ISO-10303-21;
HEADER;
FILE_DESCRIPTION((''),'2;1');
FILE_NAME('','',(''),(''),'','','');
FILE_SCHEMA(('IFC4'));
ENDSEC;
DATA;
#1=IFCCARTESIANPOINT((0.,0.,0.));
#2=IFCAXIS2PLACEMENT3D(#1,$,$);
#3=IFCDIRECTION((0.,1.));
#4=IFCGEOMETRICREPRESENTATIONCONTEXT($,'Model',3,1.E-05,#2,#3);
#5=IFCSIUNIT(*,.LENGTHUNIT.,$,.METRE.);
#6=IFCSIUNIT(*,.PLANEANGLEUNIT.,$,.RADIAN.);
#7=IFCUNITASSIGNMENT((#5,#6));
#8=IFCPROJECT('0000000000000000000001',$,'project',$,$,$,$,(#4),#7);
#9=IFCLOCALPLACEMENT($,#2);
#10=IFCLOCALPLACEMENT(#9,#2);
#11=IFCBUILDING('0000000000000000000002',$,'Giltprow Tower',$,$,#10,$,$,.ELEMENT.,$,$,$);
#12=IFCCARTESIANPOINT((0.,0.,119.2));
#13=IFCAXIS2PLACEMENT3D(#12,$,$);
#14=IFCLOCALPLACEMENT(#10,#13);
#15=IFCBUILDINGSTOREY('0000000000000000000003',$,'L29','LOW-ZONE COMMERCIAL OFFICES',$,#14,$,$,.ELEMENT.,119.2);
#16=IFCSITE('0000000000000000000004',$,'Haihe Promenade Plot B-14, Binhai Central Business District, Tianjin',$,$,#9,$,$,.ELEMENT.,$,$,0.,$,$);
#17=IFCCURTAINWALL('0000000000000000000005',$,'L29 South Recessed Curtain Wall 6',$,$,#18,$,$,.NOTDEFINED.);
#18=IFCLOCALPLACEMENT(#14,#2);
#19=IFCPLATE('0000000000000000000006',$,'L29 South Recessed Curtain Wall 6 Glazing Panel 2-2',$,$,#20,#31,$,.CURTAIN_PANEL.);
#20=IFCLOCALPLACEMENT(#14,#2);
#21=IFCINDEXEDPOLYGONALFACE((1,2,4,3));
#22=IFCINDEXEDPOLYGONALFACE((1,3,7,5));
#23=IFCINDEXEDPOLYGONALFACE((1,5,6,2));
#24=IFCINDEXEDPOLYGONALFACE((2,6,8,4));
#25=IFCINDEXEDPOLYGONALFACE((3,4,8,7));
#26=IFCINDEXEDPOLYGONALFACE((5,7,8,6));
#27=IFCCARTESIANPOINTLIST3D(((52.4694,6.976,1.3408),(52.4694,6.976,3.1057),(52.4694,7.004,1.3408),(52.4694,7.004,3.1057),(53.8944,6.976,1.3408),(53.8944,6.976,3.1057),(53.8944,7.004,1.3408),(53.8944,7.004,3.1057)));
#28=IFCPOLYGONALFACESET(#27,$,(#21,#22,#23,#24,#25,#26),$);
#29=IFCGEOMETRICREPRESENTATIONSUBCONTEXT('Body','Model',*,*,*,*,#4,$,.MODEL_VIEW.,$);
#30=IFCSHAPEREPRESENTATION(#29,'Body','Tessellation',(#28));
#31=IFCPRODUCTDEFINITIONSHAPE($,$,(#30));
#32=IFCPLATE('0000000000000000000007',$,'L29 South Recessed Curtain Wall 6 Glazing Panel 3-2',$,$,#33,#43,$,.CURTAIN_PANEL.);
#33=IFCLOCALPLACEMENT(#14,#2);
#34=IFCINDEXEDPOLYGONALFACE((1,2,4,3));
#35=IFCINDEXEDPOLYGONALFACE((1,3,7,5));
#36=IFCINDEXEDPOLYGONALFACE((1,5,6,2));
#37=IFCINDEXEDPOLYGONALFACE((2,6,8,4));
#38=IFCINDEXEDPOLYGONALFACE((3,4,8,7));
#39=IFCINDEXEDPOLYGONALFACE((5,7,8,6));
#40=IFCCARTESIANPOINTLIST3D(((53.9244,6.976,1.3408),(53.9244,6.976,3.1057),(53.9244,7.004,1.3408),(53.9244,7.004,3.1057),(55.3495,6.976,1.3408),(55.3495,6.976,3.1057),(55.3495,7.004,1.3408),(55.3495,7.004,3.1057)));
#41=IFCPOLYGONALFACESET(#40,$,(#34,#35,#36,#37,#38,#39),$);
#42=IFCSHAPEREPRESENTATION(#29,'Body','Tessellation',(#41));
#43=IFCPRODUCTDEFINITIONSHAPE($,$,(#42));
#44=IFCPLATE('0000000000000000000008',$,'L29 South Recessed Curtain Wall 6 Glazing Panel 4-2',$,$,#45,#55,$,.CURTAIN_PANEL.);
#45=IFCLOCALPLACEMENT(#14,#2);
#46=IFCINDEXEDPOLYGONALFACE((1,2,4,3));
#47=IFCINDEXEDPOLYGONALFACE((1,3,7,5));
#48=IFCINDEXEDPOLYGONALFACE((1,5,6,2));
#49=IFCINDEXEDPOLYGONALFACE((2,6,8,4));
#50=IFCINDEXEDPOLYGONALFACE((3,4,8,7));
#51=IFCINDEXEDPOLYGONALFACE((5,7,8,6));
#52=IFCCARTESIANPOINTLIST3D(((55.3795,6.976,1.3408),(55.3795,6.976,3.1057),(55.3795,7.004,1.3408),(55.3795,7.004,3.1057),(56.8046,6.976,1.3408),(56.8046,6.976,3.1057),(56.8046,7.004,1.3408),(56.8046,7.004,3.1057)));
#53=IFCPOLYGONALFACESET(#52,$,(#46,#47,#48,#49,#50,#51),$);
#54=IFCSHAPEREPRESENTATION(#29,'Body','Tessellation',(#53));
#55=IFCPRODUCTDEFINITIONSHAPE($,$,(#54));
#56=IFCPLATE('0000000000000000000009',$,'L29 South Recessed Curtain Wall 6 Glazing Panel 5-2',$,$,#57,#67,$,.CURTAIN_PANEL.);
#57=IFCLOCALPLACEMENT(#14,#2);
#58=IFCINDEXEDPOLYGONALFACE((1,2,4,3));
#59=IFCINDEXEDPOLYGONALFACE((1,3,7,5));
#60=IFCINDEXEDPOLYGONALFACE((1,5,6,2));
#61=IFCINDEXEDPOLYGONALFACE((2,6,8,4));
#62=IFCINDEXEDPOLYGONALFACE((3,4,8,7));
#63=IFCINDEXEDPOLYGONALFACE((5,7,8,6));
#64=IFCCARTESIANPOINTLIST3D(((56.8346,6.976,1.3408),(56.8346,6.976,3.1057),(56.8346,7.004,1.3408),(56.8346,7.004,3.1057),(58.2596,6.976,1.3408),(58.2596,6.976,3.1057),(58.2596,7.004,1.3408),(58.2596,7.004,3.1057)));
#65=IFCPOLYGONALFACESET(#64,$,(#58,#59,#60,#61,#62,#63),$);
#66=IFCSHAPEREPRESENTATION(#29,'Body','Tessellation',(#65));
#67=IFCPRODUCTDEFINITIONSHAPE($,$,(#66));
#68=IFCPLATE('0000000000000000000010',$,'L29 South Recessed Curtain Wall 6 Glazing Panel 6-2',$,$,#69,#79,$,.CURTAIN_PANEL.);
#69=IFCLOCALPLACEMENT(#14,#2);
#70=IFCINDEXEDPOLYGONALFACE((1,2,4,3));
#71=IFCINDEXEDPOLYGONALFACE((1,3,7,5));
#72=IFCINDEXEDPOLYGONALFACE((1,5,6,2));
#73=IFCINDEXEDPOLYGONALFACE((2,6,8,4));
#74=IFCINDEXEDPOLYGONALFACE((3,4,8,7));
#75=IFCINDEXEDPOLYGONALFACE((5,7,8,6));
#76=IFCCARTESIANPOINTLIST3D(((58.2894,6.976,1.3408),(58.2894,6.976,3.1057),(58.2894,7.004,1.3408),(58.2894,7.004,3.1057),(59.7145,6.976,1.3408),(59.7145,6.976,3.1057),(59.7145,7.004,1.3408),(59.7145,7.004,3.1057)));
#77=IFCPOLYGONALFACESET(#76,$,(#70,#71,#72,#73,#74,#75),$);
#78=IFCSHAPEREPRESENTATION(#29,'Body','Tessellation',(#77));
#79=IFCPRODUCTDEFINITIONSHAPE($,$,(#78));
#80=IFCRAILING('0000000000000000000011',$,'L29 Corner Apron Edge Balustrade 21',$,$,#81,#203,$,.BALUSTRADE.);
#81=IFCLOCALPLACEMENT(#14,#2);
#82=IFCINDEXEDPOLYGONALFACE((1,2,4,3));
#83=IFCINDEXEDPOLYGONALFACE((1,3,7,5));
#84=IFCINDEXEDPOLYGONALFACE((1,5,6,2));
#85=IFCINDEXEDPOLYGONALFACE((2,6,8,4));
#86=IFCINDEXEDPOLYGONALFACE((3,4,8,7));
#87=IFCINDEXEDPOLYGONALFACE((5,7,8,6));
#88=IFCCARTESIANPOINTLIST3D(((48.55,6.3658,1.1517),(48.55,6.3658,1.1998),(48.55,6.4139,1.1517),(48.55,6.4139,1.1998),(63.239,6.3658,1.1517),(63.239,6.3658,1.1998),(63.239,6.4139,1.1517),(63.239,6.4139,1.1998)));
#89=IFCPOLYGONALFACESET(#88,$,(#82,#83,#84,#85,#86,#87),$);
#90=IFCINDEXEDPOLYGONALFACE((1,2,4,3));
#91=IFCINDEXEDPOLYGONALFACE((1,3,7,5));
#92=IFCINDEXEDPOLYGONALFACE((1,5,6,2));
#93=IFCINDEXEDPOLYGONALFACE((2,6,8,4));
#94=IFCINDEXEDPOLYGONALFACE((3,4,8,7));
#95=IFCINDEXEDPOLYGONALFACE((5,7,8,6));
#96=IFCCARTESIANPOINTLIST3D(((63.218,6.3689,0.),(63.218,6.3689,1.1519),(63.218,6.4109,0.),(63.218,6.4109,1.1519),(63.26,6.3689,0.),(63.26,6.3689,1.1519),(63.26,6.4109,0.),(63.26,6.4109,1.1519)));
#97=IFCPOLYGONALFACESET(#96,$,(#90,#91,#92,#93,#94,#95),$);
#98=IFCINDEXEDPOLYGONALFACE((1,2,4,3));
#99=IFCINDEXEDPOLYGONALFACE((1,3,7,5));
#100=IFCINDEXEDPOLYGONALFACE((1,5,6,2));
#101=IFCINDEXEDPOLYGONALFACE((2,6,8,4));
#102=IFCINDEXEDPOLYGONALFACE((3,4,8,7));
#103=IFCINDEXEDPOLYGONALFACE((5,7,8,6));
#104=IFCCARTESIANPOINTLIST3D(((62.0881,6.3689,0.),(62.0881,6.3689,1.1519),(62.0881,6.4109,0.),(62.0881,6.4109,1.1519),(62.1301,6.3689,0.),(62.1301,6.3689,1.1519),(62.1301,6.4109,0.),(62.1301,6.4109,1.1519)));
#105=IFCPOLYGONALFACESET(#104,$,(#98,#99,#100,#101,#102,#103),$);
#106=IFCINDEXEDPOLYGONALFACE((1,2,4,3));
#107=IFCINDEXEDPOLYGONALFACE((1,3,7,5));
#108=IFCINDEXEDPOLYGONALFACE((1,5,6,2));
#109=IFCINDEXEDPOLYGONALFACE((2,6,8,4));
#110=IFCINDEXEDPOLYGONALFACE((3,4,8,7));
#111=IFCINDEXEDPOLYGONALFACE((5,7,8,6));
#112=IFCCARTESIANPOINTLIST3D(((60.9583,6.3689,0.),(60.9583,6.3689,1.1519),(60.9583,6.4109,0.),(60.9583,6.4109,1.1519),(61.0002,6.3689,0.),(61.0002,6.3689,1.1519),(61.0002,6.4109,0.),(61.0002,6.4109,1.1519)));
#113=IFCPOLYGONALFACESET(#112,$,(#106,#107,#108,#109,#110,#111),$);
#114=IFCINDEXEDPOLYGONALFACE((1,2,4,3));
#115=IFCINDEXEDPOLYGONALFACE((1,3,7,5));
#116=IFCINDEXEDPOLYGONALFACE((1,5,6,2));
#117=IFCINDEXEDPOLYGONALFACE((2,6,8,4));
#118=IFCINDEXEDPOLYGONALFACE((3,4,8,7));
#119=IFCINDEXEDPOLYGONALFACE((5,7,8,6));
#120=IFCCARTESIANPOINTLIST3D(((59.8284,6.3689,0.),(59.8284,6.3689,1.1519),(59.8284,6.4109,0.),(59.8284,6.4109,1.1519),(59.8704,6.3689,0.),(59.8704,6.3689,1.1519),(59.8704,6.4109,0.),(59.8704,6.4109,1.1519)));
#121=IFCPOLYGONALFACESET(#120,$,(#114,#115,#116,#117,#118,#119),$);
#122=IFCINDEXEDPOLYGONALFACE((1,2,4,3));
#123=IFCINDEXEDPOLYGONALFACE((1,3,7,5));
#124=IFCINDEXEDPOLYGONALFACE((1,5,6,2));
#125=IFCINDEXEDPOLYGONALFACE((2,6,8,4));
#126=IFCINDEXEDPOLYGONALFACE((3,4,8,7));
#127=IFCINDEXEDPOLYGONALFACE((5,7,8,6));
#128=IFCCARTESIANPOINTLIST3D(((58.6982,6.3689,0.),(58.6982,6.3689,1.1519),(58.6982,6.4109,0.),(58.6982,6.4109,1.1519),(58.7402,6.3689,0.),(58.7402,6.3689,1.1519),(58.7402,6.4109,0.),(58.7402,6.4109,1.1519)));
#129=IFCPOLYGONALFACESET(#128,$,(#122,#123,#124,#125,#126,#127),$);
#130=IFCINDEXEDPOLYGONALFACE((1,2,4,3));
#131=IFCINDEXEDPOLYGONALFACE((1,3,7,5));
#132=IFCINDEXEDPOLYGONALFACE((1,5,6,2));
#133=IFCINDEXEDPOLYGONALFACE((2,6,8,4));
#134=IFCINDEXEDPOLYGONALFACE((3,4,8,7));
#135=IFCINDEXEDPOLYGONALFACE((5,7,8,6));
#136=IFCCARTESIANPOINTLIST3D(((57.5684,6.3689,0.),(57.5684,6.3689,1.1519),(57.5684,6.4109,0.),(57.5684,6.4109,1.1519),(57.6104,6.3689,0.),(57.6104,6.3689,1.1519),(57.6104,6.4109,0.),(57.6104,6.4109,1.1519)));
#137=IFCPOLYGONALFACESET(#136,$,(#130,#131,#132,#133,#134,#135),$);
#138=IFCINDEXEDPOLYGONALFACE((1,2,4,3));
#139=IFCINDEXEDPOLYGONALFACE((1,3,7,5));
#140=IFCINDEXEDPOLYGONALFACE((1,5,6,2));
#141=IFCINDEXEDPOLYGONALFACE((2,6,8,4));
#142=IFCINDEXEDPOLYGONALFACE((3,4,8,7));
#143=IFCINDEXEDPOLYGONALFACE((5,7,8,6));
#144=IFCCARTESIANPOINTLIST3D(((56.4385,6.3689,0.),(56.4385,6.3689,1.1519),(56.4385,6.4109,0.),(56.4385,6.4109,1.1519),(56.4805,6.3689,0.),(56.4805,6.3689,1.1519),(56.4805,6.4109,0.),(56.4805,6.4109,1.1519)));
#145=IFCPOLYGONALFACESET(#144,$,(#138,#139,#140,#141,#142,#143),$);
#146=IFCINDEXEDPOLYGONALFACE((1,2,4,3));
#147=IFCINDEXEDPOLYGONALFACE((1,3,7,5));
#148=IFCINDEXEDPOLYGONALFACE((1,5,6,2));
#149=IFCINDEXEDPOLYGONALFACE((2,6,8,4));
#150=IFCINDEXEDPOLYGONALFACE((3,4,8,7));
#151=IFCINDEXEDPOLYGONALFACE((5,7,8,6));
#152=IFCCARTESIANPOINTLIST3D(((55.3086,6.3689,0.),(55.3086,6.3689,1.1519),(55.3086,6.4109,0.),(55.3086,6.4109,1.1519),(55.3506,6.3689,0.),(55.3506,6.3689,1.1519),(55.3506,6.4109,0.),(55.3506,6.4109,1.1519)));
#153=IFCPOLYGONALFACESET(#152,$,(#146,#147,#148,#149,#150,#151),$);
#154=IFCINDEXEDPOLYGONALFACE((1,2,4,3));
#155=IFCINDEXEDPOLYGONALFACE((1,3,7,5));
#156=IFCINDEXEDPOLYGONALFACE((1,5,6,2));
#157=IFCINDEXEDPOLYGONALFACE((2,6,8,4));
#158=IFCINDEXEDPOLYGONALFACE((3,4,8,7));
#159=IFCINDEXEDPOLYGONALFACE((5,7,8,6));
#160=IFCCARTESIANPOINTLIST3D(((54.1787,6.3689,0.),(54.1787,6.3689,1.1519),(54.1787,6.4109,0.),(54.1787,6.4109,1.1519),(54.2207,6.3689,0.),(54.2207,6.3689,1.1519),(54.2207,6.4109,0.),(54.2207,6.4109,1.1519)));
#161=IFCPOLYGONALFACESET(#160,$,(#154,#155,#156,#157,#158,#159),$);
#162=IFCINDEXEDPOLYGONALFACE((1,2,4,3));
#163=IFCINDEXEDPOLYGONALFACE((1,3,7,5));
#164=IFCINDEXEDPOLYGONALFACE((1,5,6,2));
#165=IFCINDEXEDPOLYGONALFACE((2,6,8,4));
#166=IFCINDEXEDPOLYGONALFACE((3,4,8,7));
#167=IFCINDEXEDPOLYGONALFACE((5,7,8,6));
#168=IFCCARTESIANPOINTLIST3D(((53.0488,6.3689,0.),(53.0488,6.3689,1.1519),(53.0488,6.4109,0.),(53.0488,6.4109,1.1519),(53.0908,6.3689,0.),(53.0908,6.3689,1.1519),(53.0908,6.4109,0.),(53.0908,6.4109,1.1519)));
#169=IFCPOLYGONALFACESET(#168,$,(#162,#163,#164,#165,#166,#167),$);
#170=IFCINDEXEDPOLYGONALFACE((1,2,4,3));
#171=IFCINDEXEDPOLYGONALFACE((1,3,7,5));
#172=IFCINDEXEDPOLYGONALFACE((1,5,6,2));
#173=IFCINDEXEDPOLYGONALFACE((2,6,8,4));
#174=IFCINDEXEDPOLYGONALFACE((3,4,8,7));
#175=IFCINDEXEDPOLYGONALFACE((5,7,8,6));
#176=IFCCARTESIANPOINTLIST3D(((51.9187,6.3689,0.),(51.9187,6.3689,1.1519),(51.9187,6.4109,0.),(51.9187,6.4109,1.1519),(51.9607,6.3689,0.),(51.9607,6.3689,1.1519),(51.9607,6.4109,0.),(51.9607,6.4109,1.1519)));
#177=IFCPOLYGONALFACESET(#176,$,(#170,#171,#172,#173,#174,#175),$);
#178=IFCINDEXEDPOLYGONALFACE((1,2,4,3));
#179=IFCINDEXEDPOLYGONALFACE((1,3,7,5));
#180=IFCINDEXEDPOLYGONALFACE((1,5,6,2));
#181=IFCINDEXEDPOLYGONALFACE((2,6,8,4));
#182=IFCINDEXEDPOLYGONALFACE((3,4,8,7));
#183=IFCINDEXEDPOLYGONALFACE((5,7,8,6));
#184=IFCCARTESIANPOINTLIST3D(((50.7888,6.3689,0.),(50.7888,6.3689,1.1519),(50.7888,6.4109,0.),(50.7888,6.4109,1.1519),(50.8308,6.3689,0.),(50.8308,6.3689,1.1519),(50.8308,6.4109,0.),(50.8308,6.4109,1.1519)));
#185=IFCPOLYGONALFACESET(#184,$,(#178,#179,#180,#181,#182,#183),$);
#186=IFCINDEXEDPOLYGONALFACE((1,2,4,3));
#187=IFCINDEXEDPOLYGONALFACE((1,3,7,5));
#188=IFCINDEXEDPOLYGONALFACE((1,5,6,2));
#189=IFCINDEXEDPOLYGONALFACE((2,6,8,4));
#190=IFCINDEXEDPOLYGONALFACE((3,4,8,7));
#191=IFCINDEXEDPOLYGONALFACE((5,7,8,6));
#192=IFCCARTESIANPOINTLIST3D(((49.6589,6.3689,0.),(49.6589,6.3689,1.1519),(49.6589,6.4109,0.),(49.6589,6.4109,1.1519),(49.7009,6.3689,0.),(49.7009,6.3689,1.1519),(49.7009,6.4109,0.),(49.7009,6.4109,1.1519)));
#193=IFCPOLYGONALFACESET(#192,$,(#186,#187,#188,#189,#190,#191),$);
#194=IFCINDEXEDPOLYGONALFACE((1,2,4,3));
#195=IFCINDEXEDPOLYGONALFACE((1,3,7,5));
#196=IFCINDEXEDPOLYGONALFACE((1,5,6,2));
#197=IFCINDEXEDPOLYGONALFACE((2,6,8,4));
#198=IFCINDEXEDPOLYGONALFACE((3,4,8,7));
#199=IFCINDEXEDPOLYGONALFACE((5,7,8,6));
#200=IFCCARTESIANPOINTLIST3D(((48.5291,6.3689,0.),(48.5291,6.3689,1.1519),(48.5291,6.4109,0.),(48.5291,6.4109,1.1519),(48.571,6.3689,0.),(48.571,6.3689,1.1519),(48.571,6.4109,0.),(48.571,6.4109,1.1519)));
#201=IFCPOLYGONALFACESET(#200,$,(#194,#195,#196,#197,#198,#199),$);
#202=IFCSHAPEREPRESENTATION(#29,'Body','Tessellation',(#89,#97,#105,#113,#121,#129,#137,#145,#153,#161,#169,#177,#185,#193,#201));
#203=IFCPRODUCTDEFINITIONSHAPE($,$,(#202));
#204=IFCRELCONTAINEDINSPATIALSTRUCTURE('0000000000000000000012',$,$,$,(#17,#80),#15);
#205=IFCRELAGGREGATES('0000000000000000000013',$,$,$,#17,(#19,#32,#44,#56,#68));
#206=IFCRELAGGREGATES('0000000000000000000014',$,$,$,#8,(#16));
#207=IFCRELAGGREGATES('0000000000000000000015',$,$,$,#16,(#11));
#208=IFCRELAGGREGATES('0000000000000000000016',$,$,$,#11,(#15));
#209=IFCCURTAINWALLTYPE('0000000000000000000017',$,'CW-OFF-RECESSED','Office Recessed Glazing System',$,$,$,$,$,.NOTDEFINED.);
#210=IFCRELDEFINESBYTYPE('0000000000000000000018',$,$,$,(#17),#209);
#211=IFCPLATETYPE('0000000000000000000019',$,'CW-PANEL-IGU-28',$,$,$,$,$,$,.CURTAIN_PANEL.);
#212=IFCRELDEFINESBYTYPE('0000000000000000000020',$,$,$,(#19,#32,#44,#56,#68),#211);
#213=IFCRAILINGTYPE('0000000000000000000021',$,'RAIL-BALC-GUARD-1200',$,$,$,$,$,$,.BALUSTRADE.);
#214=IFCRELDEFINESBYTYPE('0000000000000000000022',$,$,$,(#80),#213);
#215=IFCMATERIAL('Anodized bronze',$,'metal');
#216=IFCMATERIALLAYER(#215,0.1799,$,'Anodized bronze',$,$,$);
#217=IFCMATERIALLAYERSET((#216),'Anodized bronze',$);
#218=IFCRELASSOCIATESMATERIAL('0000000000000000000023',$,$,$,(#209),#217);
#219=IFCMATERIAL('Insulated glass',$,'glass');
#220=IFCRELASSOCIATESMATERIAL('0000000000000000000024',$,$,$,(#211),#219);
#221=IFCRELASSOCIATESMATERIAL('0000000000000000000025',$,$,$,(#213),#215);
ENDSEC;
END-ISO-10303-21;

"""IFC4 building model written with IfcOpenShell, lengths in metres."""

from ifc_helpers import new_model, si_unit, direction, frame, origin, origin_2d, place, context, subcontext, project, spatial, rectangle, extrude, source, transform, mapped, material, layer, layer_set, type_object, element, aggregate, save


model = new_model("IFC4")

# Units and contexts
model_context = context("Model", 3, precision=1e-05, world=origin(), true_north=direction((0.0, 1.0)))
body_context = subcontext(model_context, "Body", "Model", "MODEL_VIEW")
ifc_project = project(units=[si_unit("LENGTHUNIT", "METRE"), si_unit("PLANEANGLEUNIT", "RADIAN")], contexts=[model_context])

# Site, building, storey
site_placement = place(None, origin())
site = spatial("IfcSite", under=ifc_project, at=site_placement, Name="Haihe Promenade Plot B-14, Binhai Central Business District, Tianjin", CompositionType="ELEMENT", RefElevation=0.0)
building_placement = place(site_placement, origin())
building = spatial("IfcBuilding", under=site, at=building_placement, Name="Giltprow Tower", CompositionType="ELEMENT")
storey_placement = place(building_placement, frame((0.0, 0.0, 119.2)))
storey = spatial("IfcBuildingStorey", under=building, at=storey_placement, Name="L29", Description="LOW-ZONE COMMERCIAL OFFICES", CompositionType="ELEMENT", Elevation=119.2)

# Curtain wall, plates
ifc_material_1 = material(Name="Anodized bronze", Category="metal")
ifc_layer = layer(ifc_material_1, 0.1799, Name="Anodized bronze")
ifc_layer_set = layer_set([ifc_layer], Name="Anodized bronze")
curtain_wall_type = type_object("IfcCurtainWallType", Name="CW-OFF-RECESSED", Description="Office Recessed Glazing System", PredefinedType="NOTDEFINED", material=ifc_layer_set)
curtain_wall_placement = place(storey_placement, origin())
curtain_wall = element("IfcCurtainWall", 1, at=curtain_wall_placement, inside=storey, type_object=curtain_wall_type, Name="L29 South Recessed Curtain Wall 6", PredefinedType="NOTDEFINED")
ifc_material_2 = material(Name="Insulated glass", Category="glass")
plate_type = type_object("IfcPlateType", Name="CW-PANEL-IGU-28", PredefinedType="CURTAIN_PANEL", material=ifc_material_2)
shared_shape_1 = source(origin(), body_context, "Body", "SweptSolid", [
    extrude(rectangle(XDim=1.425, YDim=0.0281, at=origin_2d()), origin(), (0.0, 0.0, 1.0), 1.7649),
])
plate_1_placement = place(storey_placement, frame((53.1819, 6.99, 1.3408), z_axis=(0.0, 0.0, 1.0), x_axis=(1.0, 0.0, 0.0)))
plate_1 = element("IfcPlate", 2, at=plate_1_placement, type_object=plate_type, Name="L29 South Recessed Curtain Wall 6 Glazing Panel 2-2", PredefinedType="CURTAIN_PANEL", context=body_context, shape_type="MappedRepresentation", body=[
    mapped(shared_shape_1, transform((0.0, 0.0, 0.0), x_axis=(1.0, 0.0, 0.0), y_axis=(0.0, 1.0, 0.0), z_axis=(0.0, 0.0, 1.0), scale=1.0)),
])
plate_2_placement = place(storey_placement, frame((54.637, 6.99, 1.3408), z_axis=(0.0, 0.0, 1.0), x_axis=(1.0, 0.0, 0.0)))
plate_2 = element("IfcPlate", 3, at=plate_2_placement, type_object=plate_type, Name="L29 South Recessed Curtain Wall 6 Glazing Panel 3-2", PredefinedType="CURTAIN_PANEL", context=body_context, shape_type="MappedRepresentation", body=[
    mapped(shared_shape_1, transform((0.0, 0.0, 0.0), x_axis=(1.0, 0.0, 0.0), y_axis=(0.0, 1.0, 0.0), z_axis=(0.0, 0.0, 1.0), scale=1.0)),
])
plate_3_placement = place(storey_placement, frame((56.092, 6.99, 1.3408), z_axis=(0.0, 0.0, 1.0), x_axis=(1.0, 0.0, 0.0)))
plate_3 = element("IfcPlate", 4, at=plate_3_placement, type_object=plate_type, Name="L29 South Recessed Curtain Wall 6 Glazing Panel 4-2", PredefinedType="CURTAIN_PANEL", context=body_context, shape_type="MappedRepresentation", body=[
    mapped(shared_shape_1, transform((0.0, 0.0, 0.0), x_axis=(1.0, 0.0, 0.0), y_axis=(0.0, 1.0, 0.0), z_axis=(0.0, 0.0, 1.0), scale=1.0)),
])
plate_4_placement = place(storey_placement, frame((57.5471, 6.99, 1.3408), z_axis=(0.0, 0.0, 1.0), x_axis=(1.0, 0.0, 0.0)))
plate_4 = element("IfcPlate", 5, at=plate_4_placement, type_object=plate_type, Name="L29 South Recessed Curtain Wall 6 Glazing Panel 5-2", PredefinedType="CURTAIN_PANEL", context=body_context, shape_type="MappedRepresentation", body=[
    mapped(shared_shape_1, transform((0.0, 0.0, 0.0), x_axis=(1.0, 0.0, 0.0), y_axis=(0.0, 1.0, 0.0), z_axis=(0.0, 0.0, 1.0), scale=1.0)),
])
plate_5_placement = place(storey_placement, frame((59.002, 6.99, 1.3408), z_axis=(0.0, 0.0, 1.0), x_axis=(1.0, 0.0, 0.0)))
plate_5 = element("IfcPlate", 6, at=plate_5_placement, type_object=plate_type, Name="L29 South Recessed Curtain Wall 6 Glazing Panel 6-2", PredefinedType="CURTAIN_PANEL", context=body_context, shape_type="MappedRepresentation", body=[
    mapped(shared_shape_1, transform((0.0, 0.0, 0.0), x_axis=(1.0, 0.0, 0.0), y_axis=(0.0, 1.0, 0.0), z_axis=(0.0, 0.0, 1.0), scale=1.0)),
])
aggregate(curtain_wall, [plate_1, plate_2, plate_3, plate_4, plate_5])

# Railing
railing_type = type_object("IfcRailingType", Name="RAIL-BALC-GUARD-1200", PredefinedType="BALUSTRADE", material=ifc_material_1)
railing_placement = place(storey_placement, frame((63.239, 6.3899, 0.0)))
element("IfcRailing", 7, at=railing_placement, inside=storey, type_object=railing_type, Name="L29 Corner Apron Edge Balustrade 21", PredefinedType="BALUSTRADE", context=body_context, shape_type="SweptSolid", body=[
    extrude(rectangle(XDim=0.0481, YDim=0.0481, at=origin_2d()), frame((0.0, 0.0, 1.1758), z_axis=(-1.0, 0.0, 0.0), x_axis=(0.0, -1.0, 0.0)), (0.0, 0.0, 1.0), 14.689),
    extrude(rectangle(XDim=0.042, YDim=0.042, at=origin_2d()), origin(), (0.0, 0.0, 1.0), 1.1519),
    extrude(rectangle(XDim=0.042, YDim=0.042, at=origin_2d()), frame((-1.1299, 0.0, 0.0)), (0.0, 0.0, 1.0), 1.1519),
    extrude(rectangle(XDim=0.042, YDim=0.042, at=origin_2d()), frame((-2.2598, 0.0, 0.0)), (0.0, 0.0, 1.0), 1.1519),
    extrude(rectangle(XDim=0.042, YDim=0.042, at=origin_2d()), frame((-3.3896, 0.0, 0.0)), (0.0, 0.0, 1.0), 1.1519),
    extrude(rectangle(XDim=0.042, YDim=0.042, at=origin_2d()), frame((-4.5198, 0.0, 0.0)), (0.0, 0.0, 1.0), 1.1519),
    extrude(rectangle(XDim=0.042, YDim=0.042, at=origin_2d()), frame((-5.6497, 0.0, 0.0)), (0.0, 0.0, 1.0), 1.1519),
    extrude(rectangle(XDim=0.042, YDim=0.042, at=origin_2d()), frame((-6.7795, 0.0, 0.0)), (0.0, 0.0, 1.0), 1.1519),
    extrude(rectangle(XDim=0.042, YDim=0.042, at=origin_2d()), frame((-7.9094, 0.0, 0.0)), (0.0, 0.0, 1.0), 1.1519),
    extrude(rectangle(XDim=0.042, YDim=0.042, at=origin_2d()), frame((-9.0393, 0.0, 0.0)), (0.0, 0.0, 1.0), 1.1519),
    extrude(rectangle(XDim=0.042, YDim=0.042, at=origin_2d()), frame((-10.1692, 0.0, 0.0)), (0.0, 0.0, 1.0), 1.1519),
    extrude(rectangle(XDim=0.042, YDim=0.042, at=origin_2d()), frame((-11.2993, 0.0, 0.0)), (0.0, 0.0, 1.0), 1.1519),
    extrude(rectangle(XDim=0.042, YDim=0.042, at=origin_2d()), frame((-12.4292, 0.0, 0.0)), (0.0, 0.0, 1.0), 1.1519),
    extrude(rectangle(XDim=0.042, YDim=0.042, at=origin_2d()), frame((-13.5591, 0.0, 0.0)), (0.0, 0.0, 1.0), 1.1519),
    extrude(rectangle(XDim=0.042, YDim=0.042, at=origin_2d()), frame((-14.689, 0.0, 0.0)), (0.0, 0.0, 1.0), 1.1519),
])

save(model, "model.ifc")
